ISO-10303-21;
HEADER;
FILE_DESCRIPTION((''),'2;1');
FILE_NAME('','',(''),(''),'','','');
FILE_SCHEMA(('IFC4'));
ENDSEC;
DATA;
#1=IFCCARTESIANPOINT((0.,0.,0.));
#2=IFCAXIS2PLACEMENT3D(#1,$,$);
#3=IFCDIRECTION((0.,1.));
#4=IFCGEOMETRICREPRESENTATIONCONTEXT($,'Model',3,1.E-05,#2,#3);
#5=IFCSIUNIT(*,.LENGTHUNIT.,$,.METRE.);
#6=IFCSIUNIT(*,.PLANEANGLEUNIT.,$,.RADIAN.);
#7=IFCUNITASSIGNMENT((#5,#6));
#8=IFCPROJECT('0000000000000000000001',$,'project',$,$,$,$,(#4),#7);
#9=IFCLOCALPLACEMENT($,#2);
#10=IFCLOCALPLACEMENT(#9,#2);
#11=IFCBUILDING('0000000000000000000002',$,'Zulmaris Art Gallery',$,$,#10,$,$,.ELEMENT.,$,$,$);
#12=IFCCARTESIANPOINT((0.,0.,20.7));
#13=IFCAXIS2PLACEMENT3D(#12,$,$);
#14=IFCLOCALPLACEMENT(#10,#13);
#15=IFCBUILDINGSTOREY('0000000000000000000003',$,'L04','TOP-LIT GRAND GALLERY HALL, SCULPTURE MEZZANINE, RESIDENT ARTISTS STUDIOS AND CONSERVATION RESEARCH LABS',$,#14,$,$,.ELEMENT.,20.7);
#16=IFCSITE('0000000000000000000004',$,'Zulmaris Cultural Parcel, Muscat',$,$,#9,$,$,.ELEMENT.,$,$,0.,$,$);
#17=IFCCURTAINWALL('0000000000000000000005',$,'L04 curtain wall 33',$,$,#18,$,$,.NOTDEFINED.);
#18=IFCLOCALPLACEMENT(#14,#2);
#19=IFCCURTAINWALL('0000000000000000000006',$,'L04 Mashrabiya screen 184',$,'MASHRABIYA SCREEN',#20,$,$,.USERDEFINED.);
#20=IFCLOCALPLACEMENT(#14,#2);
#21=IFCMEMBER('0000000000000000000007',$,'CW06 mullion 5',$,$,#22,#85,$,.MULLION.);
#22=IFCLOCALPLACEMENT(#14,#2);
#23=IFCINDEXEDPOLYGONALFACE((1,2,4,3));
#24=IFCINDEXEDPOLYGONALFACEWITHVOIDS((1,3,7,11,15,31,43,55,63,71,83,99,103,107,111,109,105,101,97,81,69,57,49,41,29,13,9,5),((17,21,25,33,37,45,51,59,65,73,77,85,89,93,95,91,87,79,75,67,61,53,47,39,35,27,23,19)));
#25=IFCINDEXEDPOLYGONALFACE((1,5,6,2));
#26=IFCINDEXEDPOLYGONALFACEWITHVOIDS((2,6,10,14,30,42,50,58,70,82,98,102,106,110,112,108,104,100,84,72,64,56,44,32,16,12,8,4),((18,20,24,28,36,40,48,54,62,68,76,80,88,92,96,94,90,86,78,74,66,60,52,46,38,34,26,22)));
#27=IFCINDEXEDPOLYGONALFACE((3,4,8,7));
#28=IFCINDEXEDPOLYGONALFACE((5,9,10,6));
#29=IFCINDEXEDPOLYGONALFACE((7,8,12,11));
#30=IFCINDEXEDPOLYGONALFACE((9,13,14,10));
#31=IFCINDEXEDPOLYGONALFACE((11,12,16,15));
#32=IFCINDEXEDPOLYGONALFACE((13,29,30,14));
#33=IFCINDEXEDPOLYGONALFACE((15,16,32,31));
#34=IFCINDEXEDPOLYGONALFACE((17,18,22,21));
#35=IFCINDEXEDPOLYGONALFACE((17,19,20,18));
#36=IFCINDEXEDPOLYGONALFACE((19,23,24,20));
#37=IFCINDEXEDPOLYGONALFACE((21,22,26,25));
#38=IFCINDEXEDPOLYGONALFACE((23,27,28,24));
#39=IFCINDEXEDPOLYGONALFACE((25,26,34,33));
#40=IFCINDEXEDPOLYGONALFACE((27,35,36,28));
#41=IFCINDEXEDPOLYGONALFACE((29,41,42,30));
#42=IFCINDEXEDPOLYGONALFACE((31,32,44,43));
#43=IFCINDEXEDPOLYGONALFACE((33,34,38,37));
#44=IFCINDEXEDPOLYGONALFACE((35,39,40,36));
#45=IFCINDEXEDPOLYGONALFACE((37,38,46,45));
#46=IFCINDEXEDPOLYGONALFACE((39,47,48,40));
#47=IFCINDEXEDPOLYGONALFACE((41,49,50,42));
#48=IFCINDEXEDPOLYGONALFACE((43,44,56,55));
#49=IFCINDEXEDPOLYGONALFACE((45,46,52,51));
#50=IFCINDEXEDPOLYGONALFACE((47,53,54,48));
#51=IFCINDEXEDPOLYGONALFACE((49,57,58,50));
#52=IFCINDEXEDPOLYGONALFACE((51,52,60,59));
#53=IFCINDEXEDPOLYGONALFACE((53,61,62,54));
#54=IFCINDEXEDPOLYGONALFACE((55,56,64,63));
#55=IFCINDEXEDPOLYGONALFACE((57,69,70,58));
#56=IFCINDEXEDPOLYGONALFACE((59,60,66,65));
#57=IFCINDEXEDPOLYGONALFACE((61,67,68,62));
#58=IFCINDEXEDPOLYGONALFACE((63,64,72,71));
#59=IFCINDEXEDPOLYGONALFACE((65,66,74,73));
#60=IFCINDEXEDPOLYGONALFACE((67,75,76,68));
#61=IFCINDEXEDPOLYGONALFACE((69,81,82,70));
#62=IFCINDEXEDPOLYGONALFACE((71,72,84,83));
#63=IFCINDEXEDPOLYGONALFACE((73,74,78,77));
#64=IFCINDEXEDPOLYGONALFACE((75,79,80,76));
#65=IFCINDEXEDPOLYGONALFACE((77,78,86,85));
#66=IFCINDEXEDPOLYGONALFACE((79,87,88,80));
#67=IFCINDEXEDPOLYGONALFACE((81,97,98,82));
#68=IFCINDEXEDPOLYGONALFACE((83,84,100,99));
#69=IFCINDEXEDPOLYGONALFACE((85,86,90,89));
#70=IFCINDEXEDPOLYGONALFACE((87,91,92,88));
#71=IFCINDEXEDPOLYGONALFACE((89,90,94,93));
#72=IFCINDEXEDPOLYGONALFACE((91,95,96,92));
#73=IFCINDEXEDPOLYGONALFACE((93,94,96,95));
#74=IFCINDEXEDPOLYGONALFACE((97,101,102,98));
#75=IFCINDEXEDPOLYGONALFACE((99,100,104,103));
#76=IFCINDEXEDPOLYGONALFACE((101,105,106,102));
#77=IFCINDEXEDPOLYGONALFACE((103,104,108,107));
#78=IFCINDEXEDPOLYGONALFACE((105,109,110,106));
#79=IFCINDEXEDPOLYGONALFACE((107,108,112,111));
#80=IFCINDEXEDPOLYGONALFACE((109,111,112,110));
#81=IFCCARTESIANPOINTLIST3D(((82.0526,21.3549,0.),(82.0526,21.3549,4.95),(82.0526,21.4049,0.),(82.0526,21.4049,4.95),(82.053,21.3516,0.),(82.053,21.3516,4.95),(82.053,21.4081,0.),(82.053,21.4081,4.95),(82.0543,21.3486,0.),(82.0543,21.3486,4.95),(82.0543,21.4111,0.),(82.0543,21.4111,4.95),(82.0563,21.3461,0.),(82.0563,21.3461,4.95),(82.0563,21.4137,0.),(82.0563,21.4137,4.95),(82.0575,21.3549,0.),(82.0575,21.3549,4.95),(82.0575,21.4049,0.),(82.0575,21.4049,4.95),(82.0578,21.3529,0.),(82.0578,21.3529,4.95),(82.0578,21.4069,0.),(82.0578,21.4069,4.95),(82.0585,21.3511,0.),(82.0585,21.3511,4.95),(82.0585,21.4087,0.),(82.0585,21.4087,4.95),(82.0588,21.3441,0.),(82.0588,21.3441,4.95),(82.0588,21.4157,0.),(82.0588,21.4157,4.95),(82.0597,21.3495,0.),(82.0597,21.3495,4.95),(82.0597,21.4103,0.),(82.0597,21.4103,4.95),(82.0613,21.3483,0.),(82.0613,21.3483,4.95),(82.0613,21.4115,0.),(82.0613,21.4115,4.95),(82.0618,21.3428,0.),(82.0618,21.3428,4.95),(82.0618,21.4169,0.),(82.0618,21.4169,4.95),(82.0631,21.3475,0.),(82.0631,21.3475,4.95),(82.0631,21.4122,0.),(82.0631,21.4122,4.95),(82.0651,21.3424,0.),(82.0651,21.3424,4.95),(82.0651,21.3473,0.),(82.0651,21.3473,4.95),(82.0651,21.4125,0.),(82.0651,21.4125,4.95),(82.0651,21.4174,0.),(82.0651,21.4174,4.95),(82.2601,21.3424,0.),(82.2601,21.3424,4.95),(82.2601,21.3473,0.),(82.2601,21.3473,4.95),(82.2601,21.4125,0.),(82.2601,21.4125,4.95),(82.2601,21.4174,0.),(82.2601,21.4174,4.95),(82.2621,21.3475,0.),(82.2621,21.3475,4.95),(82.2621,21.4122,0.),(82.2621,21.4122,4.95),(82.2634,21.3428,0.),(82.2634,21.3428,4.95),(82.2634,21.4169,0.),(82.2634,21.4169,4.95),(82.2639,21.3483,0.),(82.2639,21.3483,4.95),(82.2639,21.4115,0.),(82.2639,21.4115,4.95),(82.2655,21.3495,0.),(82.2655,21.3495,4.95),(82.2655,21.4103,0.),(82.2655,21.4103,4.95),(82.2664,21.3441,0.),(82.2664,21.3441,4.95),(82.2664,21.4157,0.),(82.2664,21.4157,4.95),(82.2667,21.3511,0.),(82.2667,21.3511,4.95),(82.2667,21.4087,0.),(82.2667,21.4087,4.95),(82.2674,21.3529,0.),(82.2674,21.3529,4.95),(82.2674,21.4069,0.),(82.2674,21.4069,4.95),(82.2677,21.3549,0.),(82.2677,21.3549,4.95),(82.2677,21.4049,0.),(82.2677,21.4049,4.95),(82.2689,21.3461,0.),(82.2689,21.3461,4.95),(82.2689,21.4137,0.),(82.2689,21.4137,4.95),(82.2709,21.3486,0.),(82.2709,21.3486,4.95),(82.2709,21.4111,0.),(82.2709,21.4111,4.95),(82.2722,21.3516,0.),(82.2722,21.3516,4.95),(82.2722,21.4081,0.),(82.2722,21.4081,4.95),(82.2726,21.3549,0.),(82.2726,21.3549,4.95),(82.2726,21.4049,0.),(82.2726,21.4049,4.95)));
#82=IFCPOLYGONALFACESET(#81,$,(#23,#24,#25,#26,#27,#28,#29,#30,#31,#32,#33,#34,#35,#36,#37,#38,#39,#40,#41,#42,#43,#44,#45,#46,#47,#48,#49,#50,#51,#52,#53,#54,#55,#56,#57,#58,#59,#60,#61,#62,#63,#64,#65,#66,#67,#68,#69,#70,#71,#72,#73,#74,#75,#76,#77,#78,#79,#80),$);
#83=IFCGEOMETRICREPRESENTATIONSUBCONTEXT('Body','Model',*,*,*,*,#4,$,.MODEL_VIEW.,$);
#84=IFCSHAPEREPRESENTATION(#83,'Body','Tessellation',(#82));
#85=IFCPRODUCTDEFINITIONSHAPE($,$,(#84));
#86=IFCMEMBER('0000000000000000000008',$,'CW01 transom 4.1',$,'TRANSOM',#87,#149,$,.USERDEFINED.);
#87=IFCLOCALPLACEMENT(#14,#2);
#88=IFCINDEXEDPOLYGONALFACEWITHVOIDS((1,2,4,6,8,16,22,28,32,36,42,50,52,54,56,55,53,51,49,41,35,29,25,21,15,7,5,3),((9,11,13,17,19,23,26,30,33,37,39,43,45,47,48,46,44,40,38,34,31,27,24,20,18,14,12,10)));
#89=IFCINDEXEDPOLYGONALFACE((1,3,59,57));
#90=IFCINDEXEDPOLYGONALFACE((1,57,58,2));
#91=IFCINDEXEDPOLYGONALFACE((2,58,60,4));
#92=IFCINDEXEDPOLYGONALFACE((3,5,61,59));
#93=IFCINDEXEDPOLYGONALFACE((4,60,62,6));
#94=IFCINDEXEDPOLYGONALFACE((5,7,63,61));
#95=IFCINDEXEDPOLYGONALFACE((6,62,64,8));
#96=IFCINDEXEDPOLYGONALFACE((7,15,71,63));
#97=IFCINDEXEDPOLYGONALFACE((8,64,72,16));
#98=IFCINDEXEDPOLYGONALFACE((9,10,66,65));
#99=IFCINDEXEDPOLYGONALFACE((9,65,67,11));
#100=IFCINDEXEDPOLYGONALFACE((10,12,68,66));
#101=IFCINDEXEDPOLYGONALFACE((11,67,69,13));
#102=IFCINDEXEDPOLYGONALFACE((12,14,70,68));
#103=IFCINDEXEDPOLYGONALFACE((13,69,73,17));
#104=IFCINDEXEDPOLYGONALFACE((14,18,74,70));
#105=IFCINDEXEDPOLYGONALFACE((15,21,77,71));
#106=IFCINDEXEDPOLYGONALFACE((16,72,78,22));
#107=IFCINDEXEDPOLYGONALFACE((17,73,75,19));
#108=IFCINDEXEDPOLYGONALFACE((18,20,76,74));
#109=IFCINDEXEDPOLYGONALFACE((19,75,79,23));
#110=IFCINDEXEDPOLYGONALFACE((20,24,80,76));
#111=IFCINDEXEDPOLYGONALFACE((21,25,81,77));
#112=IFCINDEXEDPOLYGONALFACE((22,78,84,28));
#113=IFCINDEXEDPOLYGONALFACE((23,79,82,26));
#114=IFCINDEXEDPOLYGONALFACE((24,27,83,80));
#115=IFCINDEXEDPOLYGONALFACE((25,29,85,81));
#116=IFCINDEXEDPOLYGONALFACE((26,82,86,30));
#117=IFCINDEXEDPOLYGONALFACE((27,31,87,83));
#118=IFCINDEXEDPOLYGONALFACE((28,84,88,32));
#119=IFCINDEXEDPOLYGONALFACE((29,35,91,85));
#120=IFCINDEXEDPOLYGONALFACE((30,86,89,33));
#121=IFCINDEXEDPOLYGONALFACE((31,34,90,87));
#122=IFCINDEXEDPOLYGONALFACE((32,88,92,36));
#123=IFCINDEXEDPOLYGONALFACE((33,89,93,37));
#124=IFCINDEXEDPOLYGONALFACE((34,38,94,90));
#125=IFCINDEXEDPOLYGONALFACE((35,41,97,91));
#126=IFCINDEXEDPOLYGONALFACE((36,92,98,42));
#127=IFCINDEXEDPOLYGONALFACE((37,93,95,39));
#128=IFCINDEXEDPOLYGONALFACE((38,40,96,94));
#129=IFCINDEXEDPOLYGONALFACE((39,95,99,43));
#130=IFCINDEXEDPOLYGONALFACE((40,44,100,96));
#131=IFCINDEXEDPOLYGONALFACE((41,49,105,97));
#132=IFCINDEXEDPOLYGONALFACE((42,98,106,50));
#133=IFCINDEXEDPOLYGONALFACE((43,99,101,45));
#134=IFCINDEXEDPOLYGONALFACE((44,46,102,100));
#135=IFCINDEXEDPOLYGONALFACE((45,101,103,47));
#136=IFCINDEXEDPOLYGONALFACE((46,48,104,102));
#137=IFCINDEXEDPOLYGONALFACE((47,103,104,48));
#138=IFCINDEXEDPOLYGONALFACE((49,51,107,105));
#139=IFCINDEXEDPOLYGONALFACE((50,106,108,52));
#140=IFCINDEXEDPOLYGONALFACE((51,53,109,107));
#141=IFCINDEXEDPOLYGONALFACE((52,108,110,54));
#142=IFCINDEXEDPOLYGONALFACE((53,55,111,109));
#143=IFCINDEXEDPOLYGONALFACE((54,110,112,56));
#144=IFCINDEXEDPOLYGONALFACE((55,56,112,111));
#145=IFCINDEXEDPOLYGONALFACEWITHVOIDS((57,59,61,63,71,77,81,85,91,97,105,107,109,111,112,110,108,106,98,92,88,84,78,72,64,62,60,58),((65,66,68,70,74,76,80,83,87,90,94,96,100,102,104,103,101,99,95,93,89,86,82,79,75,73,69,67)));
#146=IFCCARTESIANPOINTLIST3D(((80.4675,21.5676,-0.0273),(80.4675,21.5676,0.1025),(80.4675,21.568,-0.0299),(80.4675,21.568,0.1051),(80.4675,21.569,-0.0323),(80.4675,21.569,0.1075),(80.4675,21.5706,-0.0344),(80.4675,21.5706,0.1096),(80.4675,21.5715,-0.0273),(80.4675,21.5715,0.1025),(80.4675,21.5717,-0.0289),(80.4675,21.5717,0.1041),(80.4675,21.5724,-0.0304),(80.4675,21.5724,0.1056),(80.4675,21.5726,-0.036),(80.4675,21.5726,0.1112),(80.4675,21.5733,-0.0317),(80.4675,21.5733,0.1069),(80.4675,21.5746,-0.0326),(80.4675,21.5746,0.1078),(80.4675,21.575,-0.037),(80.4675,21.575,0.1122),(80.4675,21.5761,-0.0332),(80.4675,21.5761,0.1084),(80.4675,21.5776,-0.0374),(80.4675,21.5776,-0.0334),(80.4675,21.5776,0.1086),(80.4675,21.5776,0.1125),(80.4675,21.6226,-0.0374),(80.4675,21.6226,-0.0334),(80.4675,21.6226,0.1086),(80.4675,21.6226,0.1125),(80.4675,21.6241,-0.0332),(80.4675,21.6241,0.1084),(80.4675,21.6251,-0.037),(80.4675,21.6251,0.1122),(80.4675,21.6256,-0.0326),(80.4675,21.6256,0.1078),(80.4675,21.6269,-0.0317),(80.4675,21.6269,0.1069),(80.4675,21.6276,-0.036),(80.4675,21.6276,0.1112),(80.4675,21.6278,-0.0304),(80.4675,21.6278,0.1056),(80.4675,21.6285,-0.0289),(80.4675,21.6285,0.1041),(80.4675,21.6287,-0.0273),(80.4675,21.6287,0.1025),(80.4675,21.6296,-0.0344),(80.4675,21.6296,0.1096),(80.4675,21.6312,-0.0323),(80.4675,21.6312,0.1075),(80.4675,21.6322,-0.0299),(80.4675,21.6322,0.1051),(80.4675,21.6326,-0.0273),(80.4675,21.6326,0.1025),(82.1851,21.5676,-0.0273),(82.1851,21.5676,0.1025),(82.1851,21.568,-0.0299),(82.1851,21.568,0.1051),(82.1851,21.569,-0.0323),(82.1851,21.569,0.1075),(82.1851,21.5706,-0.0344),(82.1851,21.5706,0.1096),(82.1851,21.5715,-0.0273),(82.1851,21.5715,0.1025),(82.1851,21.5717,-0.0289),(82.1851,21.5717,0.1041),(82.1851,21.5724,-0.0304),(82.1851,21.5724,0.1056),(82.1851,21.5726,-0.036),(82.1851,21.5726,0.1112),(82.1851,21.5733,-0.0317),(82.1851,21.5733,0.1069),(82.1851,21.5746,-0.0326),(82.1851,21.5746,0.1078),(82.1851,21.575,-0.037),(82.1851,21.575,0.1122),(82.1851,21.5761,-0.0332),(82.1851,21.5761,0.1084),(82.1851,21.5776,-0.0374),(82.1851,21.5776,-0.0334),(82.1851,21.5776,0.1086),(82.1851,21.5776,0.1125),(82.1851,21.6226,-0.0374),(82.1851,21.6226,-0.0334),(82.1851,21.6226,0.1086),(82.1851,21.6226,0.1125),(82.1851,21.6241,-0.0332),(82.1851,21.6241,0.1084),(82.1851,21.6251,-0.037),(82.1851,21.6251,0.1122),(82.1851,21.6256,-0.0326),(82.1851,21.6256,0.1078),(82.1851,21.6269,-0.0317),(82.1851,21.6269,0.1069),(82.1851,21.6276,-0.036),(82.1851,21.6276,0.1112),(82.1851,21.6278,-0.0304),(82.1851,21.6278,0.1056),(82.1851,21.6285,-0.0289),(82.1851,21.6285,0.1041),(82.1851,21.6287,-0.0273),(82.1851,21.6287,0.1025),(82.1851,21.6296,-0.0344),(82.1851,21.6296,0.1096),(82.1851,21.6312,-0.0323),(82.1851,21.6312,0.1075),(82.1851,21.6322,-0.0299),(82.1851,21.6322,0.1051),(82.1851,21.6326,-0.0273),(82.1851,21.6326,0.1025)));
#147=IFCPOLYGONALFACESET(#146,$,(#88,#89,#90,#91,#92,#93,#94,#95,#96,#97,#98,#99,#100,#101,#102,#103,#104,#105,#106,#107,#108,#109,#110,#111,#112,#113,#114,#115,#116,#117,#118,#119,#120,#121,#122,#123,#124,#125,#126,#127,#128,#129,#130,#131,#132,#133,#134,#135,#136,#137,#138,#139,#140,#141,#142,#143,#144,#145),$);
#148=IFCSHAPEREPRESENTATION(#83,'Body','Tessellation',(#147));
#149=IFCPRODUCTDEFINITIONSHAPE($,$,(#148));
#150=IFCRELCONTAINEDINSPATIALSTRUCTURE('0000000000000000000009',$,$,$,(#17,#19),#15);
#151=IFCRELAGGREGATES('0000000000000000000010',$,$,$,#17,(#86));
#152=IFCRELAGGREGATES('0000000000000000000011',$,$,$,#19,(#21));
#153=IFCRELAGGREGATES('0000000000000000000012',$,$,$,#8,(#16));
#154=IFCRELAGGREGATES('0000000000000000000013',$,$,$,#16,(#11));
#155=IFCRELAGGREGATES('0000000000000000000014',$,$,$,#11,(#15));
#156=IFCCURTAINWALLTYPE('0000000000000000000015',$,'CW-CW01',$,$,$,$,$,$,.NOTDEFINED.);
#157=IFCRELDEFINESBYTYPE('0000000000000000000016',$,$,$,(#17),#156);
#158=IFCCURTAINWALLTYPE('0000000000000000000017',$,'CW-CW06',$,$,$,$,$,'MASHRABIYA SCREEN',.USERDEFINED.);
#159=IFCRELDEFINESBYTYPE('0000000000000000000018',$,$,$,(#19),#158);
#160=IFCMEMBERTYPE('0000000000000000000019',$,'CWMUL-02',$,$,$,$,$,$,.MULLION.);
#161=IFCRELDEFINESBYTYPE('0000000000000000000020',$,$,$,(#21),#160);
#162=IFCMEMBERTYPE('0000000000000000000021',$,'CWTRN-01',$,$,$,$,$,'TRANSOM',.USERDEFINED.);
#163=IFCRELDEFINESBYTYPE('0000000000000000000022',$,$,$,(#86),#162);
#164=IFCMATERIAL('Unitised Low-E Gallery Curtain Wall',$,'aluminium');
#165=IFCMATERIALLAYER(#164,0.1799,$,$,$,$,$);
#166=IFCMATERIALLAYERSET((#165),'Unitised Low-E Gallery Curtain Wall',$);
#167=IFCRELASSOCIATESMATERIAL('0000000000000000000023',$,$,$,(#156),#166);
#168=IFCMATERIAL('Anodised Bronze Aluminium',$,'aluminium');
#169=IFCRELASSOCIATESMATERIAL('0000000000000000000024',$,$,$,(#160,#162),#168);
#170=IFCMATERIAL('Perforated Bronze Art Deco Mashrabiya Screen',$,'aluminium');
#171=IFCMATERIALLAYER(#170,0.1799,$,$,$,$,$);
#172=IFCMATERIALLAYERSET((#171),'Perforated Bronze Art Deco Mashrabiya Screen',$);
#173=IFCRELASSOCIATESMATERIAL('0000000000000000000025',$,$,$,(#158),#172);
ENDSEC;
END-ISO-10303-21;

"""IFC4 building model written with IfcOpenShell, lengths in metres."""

from ifc_helpers import new_model, si_unit, direction, frame, origin, origin_2d, place, context, subcontext, project, spatial, hollow_rectangle, extrude, material, layer, layer_set, material_profile, profile_set, type_object, element, aggregate, save


model = new_model("IFC4")

# Units and contexts
model_context = context("Model", 3, precision=1e-05, world=origin(), true_north=direction((0.0, 1.0)))
body_context = subcontext(model_context, "Body", "Model", "MODEL_VIEW")
ifc_project = project(units=[si_unit("LENGTHUNIT", "METRE"), si_unit("PLANEANGLEUNIT", "RADIAN")], contexts=[model_context])

# Site, building, storey
site_placement = place(None, origin())
site = spatial("IfcSite", under=ifc_project, at=site_placement, Name="Zulmaris Cultural Parcel, Muscat", CompositionType="ELEMENT", RefElevation=0.0)
building_placement = place(site_placement, origin())
building = spatial("IfcBuilding", under=site, at=building_placement, Name="Zulmaris Art Gallery", CompositionType="ELEMENT")
storey_placement = place(building_placement, frame((0.0, 0.0, 20.7)))
storey = spatial("IfcBuildingStorey", under=building, at=storey_placement, Name="L04", Description="TOP-LIT GRAND GALLERY HALL, SCULPTURE MEZZANINE, RESIDENT ARTISTS STUDIOS AND CONSERVATION RESEARCH LABS", CompositionType="ELEMENT", Elevation=20.7)

# Curtain wall
ifc_material_1 = material(Name="Unitised Low-E Gallery Curtain Wall", Category="aluminium")
ifc_layer_1 = layer(ifc_material_1, 0.1799)
ifc_layer_set_1 = layer_set([ifc_layer_1], Name="Unitised Low-E Gallery Curtain Wall")
curtain_wall_type_1 = type_object("IfcCurtainWallType", Name="CW-CW01", PredefinedType="NOTDEFINED", material=ifc_layer_set_1)
curtain_wall_1_placement = place(storey_placement, origin())
curtain_wall_1 = element("IfcCurtainWall", 1, at=curtain_wall_1_placement, inside=storey, type_object=curtain_wall_type_1, Name="L04 curtain wall 33", PredefinedType="NOTDEFINED")
ifc_material_2 = material(Name="Anodised Bronze Aluminium", Category="aluminium")
ifc_material_profile_1 = material_profile(ifc_material_2, hollow_rectangle(XDim=0.075, YDim=0.22, WallThickness=0.0049, InnerFilletRadius=0.0076, OuterFilletRadius=0.0125, at=origin_2d()), Name="ALU 75x220x5")
ifc_profile_set_1 = profile_set([ifc_material_profile_1], Name="Anodised Bronze Aluminium")
member_type_1 = type_object("IfcMemberType", Name="CWMUL-02", PredefinedType="MULLION", material=ifc_profile_set_1)

# Curtain wall, member
ifc_material_3 = material(Name="Perforated Bronze Art Deco Mashrabiya Screen", Category="aluminium")
ifc_layer_2 = layer(ifc_material_3, 0.1799)
ifc_layer_set_2 = layer_set([ifc_layer_2], Name="Perforated Bronze Art Deco Mashrabiya Screen")
curtain_wall_type_2 = type_object("IfcCurtainWallType", Name="CW-CW06", ElementType="MASHRABIYA SCREEN", PredefinedType="USERDEFINED", material=ifc_layer_set_2)
curtain_wall_2_placement = place(storey_placement, origin())
curtain_wall_2 = element("IfcCurtainWall", 2, at=curtain_wall_2_placement, inside=storey, type_object=curtain_wall_type_2, Name="L04 Mashrabiya screen 184", ObjectType="MASHRABIYA SCREEN", PredefinedType="USERDEFINED")
member_1_placement = place(storey_placement, frame((82.1626, 21.3799, 0.0), z_axis=(0.0, 0.0, 1.0), x_axis=(0.0, 1.0, 0.0)))
member_1 = element("IfcMember", 3, at=member_1_placement, type_object=member_type_1, Name="CW06 mullion 5", PredefinedType="MULLION", context=body_context, shape_type="SweptSolid", body=[
    extrude(hollow_rectangle(XDim=0.075, YDim=0.22, WallThickness=0.0049, InnerFilletRadius=0.0076, OuterFilletRadius=0.0125, at=origin_2d()), origin(), (0.0, 0.0, 1.0), 4.95),
])

# Member
ifc_material_profile_2 = material_profile(ifc_material_2, hollow_rectangle(XDim=0.0649, YDim=0.1499, WallThickness=0.0039, InnerFilletRadius=0.0061, OuterFilletRadius=0.01, at=origin_2d()), Name="ALU 65x150x4")
ifc_profile_set_2 = profile_set([ifc_material_profile_2], Name="Anodised Bronze Aluminium")
member_type_2 = type_object("IfcMemberType", Name="CWTRN-01", ElementType="TRANSOM", PredefinedType="USERDEFINED", material=ifc_profile_set_2)
member_2_placement = place(storey_placement, frame((80.4675, 21.6001, 0.0376), z_axis=(1.0, 0.0, 0.0), x_axis=(0.0, 1.0, 0.0)))
member_2 = element("IfcMember", 4, at=member_2_placement, type_object=member_type_2, Name="CW01 transom 4.1", ObjectType="TRANSOM", PredefinedType="USERDEFINED", context=body_context, shape_type="SweptSolid", body=[
    extrude(hollow_rectangle(XDim=0.0649, YDim=0.1499, WallThickness=0.0039, InnerFilletRadius=0.0061, OuterFilletRadius=0.01, at=origin_2d()), origin(), (0.0, 0.0, 1.0), 1.7175),
])

aggregate(curtain_wall_1, [member_2])
aggregate(curtain_wall_2, [member_1])

save(model, "model.ifc")
